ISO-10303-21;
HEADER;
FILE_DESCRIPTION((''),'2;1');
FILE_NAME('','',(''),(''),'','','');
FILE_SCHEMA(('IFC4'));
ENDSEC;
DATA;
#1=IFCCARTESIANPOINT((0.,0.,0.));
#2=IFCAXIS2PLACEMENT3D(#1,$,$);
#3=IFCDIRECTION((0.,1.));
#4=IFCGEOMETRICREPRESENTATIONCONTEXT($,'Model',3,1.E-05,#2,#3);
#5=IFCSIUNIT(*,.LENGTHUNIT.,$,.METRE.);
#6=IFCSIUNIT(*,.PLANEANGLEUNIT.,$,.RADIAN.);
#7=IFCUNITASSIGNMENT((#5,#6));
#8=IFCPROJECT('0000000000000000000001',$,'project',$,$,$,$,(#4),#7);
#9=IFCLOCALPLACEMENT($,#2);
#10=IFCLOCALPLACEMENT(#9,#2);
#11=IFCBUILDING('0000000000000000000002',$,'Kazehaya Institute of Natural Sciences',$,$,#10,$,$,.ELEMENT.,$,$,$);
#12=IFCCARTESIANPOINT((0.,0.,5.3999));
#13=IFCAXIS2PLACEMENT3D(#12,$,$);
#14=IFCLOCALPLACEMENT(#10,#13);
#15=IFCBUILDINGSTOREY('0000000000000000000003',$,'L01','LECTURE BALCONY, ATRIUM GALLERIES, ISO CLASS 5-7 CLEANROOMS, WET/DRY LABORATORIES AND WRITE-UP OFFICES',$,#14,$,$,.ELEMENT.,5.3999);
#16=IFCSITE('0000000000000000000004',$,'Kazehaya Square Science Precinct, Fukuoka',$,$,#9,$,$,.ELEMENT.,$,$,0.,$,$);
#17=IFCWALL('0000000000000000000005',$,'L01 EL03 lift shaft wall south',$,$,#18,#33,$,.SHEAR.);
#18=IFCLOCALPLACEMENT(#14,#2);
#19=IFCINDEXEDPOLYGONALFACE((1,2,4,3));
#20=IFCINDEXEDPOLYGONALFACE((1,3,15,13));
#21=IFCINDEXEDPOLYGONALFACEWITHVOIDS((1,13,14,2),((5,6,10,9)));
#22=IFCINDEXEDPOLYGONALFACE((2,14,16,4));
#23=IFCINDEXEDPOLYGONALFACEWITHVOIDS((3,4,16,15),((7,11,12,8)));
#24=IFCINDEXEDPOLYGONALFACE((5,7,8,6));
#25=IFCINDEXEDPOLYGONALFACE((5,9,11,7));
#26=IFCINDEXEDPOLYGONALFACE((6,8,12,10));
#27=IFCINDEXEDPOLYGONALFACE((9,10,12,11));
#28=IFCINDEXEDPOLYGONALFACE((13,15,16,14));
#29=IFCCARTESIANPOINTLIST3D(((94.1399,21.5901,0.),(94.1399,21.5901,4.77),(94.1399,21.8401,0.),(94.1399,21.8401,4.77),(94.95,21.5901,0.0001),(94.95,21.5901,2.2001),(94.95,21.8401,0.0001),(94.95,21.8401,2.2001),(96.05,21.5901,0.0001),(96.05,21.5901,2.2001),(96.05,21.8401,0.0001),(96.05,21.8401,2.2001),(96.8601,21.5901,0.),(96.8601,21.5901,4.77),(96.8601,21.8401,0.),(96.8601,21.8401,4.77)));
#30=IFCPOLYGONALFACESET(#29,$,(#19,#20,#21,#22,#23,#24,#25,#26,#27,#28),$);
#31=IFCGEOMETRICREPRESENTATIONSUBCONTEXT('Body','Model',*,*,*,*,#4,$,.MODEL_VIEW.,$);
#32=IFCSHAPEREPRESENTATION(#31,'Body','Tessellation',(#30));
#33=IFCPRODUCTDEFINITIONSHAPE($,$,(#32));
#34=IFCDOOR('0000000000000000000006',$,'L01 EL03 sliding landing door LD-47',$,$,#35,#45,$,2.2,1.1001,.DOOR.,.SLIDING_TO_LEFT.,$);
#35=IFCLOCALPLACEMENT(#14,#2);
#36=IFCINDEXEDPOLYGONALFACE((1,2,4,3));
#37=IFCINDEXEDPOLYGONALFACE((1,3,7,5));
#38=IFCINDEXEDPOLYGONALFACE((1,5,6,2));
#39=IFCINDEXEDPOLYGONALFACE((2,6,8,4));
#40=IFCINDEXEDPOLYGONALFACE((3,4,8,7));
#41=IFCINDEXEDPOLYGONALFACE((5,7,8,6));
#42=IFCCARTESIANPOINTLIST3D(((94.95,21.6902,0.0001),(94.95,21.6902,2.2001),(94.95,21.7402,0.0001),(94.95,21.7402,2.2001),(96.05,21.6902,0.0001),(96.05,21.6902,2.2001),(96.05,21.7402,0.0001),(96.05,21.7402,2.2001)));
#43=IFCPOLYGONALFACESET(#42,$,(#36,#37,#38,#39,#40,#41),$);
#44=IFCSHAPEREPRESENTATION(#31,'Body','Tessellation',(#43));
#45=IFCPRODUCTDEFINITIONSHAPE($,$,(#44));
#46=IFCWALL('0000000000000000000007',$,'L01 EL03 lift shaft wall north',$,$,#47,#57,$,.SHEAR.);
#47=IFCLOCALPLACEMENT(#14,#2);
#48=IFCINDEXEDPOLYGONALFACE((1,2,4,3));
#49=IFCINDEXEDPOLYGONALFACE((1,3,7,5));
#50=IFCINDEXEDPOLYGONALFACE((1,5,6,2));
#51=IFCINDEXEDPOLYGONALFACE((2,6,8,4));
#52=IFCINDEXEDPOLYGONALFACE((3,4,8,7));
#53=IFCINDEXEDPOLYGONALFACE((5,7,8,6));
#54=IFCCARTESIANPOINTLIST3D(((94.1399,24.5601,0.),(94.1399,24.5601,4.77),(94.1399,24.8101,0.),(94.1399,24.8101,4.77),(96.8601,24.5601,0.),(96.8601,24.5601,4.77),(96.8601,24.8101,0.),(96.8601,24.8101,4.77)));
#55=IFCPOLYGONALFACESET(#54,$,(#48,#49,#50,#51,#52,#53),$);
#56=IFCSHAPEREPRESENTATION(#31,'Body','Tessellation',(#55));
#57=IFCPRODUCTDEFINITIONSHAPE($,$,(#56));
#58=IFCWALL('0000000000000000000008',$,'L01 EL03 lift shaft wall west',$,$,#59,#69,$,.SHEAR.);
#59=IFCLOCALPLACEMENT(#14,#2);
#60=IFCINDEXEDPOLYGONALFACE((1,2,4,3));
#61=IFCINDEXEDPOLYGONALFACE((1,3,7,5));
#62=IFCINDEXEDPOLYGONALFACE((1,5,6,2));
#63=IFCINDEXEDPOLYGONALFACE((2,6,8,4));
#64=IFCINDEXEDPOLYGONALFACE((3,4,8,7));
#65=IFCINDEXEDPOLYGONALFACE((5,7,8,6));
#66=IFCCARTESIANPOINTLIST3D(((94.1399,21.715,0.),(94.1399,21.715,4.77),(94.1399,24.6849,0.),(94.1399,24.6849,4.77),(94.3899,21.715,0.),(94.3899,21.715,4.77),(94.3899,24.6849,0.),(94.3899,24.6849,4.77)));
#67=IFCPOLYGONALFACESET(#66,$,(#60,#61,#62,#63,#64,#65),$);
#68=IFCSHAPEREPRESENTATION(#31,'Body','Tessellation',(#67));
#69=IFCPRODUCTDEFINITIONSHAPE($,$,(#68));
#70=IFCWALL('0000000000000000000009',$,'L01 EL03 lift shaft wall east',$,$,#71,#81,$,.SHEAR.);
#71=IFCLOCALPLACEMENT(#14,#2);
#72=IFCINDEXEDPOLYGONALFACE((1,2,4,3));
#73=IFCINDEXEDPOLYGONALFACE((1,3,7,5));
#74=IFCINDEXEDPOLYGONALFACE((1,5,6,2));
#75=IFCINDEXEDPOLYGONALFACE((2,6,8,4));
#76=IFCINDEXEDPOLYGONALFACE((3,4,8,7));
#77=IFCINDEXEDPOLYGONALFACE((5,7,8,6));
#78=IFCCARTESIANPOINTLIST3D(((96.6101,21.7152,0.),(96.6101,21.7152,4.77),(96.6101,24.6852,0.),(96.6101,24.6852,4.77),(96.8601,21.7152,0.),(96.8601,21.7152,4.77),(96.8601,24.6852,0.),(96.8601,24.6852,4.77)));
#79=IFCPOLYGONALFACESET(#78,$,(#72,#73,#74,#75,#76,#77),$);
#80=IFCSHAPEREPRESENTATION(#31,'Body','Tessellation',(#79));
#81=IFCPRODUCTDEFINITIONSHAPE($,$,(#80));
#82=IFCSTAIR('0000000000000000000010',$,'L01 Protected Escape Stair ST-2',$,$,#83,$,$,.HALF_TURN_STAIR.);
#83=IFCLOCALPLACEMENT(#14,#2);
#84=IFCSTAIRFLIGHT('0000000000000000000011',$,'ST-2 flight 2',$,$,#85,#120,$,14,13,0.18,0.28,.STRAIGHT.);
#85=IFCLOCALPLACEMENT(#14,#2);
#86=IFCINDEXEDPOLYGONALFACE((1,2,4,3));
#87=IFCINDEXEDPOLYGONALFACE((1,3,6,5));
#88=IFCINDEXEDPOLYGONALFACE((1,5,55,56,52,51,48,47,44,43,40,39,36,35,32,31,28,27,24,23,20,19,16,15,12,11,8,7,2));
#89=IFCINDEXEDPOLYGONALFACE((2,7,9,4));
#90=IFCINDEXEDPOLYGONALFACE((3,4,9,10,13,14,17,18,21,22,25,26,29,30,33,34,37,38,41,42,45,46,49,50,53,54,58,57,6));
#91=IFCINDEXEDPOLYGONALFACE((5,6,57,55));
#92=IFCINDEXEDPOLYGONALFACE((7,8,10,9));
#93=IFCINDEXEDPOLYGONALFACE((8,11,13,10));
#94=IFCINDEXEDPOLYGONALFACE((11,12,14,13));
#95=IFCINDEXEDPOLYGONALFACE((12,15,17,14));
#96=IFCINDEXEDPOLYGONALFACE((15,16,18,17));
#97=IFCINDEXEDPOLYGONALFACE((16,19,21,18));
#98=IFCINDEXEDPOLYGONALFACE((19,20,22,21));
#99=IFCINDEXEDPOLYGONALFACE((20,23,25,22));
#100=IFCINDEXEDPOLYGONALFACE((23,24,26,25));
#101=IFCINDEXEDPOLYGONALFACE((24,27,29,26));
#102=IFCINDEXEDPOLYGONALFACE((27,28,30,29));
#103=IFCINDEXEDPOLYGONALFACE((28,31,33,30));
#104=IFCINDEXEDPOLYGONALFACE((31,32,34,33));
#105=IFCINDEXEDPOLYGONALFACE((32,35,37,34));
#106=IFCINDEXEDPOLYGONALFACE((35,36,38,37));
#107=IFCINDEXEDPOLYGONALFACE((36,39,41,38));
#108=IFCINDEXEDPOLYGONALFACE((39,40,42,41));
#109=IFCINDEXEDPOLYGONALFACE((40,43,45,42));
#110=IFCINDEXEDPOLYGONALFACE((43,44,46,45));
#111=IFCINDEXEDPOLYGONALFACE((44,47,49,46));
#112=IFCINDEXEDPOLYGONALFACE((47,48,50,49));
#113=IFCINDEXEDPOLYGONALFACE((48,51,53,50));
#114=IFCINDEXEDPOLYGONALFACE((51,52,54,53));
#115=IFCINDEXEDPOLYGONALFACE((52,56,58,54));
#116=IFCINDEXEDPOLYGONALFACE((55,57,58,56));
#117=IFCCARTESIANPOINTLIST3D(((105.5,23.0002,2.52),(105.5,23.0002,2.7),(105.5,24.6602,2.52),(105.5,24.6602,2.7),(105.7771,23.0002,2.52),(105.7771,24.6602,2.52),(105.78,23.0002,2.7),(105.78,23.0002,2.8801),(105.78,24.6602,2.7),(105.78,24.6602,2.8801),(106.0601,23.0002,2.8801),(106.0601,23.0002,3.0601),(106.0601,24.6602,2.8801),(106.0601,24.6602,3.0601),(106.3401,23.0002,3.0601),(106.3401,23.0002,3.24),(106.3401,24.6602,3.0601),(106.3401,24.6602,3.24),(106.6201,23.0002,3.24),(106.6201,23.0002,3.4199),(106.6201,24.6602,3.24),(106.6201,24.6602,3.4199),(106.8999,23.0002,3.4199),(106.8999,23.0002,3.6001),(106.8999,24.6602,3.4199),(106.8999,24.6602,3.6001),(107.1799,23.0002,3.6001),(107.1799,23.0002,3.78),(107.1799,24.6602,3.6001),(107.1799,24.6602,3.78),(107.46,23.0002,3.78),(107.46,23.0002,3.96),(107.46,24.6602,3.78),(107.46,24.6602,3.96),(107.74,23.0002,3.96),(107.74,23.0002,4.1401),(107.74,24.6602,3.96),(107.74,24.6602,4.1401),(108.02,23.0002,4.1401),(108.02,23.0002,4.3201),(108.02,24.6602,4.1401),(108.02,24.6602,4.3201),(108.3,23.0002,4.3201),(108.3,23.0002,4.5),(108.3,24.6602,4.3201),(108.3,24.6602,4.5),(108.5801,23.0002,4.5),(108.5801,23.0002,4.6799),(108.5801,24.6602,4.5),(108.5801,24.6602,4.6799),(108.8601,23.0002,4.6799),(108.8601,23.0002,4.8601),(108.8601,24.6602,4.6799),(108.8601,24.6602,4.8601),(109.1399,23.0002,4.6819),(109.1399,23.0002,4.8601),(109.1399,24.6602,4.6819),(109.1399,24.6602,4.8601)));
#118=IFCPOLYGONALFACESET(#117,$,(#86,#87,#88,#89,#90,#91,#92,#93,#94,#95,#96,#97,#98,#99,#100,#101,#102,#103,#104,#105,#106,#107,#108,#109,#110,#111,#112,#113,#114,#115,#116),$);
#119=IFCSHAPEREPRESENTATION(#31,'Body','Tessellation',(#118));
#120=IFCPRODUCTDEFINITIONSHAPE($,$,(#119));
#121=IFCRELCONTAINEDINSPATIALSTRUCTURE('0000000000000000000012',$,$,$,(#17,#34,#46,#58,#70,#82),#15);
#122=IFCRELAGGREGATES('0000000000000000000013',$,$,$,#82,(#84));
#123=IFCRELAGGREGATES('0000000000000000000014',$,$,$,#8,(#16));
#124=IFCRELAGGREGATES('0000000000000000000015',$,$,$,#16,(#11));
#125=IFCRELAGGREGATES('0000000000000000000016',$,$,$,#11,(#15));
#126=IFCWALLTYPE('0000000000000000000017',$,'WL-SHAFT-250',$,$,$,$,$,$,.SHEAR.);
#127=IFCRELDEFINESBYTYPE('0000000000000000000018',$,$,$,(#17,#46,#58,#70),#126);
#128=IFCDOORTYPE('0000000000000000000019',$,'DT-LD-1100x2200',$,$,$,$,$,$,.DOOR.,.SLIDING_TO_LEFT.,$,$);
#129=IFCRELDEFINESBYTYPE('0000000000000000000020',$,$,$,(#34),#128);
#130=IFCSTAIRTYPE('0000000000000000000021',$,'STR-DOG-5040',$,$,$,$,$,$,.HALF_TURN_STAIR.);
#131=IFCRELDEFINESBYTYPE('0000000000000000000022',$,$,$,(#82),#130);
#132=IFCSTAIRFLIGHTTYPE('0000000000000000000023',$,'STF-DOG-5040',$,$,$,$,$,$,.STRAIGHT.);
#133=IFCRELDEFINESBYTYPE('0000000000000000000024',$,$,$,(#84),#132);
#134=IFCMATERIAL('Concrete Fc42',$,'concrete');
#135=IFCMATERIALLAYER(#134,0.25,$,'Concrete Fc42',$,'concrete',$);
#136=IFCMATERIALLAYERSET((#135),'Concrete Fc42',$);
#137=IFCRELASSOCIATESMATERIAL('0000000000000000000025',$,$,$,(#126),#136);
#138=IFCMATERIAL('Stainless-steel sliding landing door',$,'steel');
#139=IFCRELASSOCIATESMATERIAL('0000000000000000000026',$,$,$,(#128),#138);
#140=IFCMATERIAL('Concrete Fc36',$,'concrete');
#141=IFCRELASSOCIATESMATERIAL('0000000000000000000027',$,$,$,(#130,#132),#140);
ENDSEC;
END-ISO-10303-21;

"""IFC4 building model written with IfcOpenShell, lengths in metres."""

from ifc_helpers import new_model, si_unit, direction, frame, frame_2d, origin, place, context, subcontext, project, spatial, polyline, rectangle, outline, extrude, material, layer, layer_set, type_object, element, fill, aggregate, save


model = new_model("IFC4")

# Units and contexts
model_context = context("Model", 3, precision=1e-05, world=origin(), true_north=direction((0.0, 1.0)))
body_context = subcontext(model_context, "Body", "Model", "MODEL_VIEW")
ifc_project = project(units=[si_unit("LENGTHUNIT", "METRE"), si_unit("PLANEANGLEUNIT", "RADIAN")], contexts=[model_context])

# Site, building, storey
site_placement = place(None, origin())
site = spatial("IfcSite", under=ifc_project, at=site_placement, Name="Kazehaya Square Science Precinct, Fukuoka", CompositionType="ELEMENT", RefElevation=0.0)
building_placement = place(site_placement, origin())
building = spatial("IfcBuilding", under=site, at=building_placement, Name="Kazehaya Institute of Natural Sciences", CompositionType="ELEMENT")
storey_placement = place(building_placement, frame((0.0, 0.0, 5.3999)))
storey = spatial("IfcBuildingStorey", under=building, at=storey_placement, Name="L01", Description="LECTURE BALCONY, ATRIUM GALLERIES, ISO CLASS 5-7 CLEANROOMS, WET/DRY LABORATORIES AND WRITE-UP OFFICES", CompositionType="ELEMENT", Elevation=5.3999)

# Shared definitions
ifc_material_1 = material(Name="Concrete Fc42", Category="concrete")

# Shared definitions
ifc_material_2 = material(Name="Concrete Fc36", Category="concrete")

# Shared definitions
ifc_layer_1 = layer(ifc_material_1, 0.25, Name="Concrete Fc42", Category="concrete")
ifc_layer_set_1 = layer_set([ifc_layer_1], Name="Concrete Fc42")
wall_type_1 = type_object("IfcWallType", Name="WL-SHAFT-250", PredefinedType="SHEAR", material=ifc_layer_set_1)

# Wall, opening, door
wall_1_placement = place(storey_placement, frame((96.8601, 21.7151, 0.0), z_axis=(0.0, 0.0, 1.0), x_axis=(-1.0, 0.0, 0.0)))
wall_1 = element("IfcWall", 1, at=wall_1_placement, inside=storey, type_object=wall_type_1, Name="L01 EL03 lift shaft wall south", PredefinedType="SHEAR", context=body_context, shape_type="SweptSolid", body=[
    extrude(rectangle(XDim=2.7202, YDim=0.25, at=frame_2d((1.3601, 0.0))), origin(), (0.0, 0.0, 1.0), 4.77),
])
opening_1_placement = place(wall_1_placement, frame((0.8101, 0.0, 0.0)))
opening_1 = element("IfcOpeningElement", 2, at=opening_1_placement, cuts=wall_1, PredefinedType="OPENING", context=body_context, shape_type="SweptSolid", body=[
    extrude(rectangle(XDim=1.1001, YDim=2.2, at=frame_2d((0.55, 1.1001))), frame((0.0, 0.135, 0.0), z_axis=(0.0, -1.0, 0.0), x_axis=(1.0, 0.0, 0.0)), (0.0, 0.0, 1.0), 0.27),
])
ifc_material_3 = material(Name="Stainless-steel sliding landing door", Category="steel")
door_type_1 = type_object("IfcDoorType", Name="DT-LD-1100x2200", OperationType="SLIDING_TO_LEFT", PredefinedType="DOOR", material=ifc_material_3)
door_1_placement = place(opening_1_placement, origin())
door_1 = element("IfcDoor", 3, at=door_1_placement, inside=storey, type_object=door_type_1, Name="L01 EL03 sliding landing door LD-47", OperationType="SLIDING_TO_LEFT", OverallHeight=2.2, OverallWidth=1.1001, PredefinedType="DOOR", context=body_context, shape_type="SweptSolid", body=[
    extrude(rectangle(XDim=1.1001, YDim=2.2, at=frame_2d((0.55, 1.1001))), frame((0.0, 0.0249, 0.0), z_axis=(0.0, -1.0, 0.0), x_axis=(1.0, 0.0, 0.0)), (0.0, 0.0, 1.0), 0.05),
])
fill(opening_1, door_1)

# Walls
wall_2_placement = place(storey_placement, frame((94.1399, 24.6851, 0.0), z_axis=(0.0, 0.0, 1.0), x_axis=(1.0, 0.0, 0.0)))
element("IfcWall", 4, at=wall_2_placement, inside=storey, type_object=wall_type_1, Name="L01 EL03 lift shaft wall north", PredefinedType="SHEAR", context=body_context, shape_type="SweptSolid", body=[
    extrude(rectangle(XDim=2.7202, YDim=0.25, at=frame_2d((1.3601, 0.0))), origin(), (0.0, 0.0, 1.0), 4.77),
])
for number, where, z_axis, x_axis, name in (
    (5, (94.2649, 21.7151, 0.0), (0.0, 0.0, 1.0), (0.0, 1.0, 0.0), "L01 EL03 lift shaft wall west"),
    (6, (96.7351, 24.6851, 0.0), (0.0, 0.0, 1.0), (0.0, -1.0, 0.0), "L01 EL03 lift shaft wall east"),
):
    element("IfcWall", number, at=place(storey_placement, frame(where, z_axis=z_axis, x_axis=x_axis)), inside=storey, type_object=wall_type_1, Name=name, PredefinedType="SHEAR", context=body_context, shape_type="SweptSolid", body=[
        extrude(rectangle(XDim=2.97, YDim=0.25, at=frame_2d((1.4849, 0.0))), origin(), (0.0, 0.0, 1.0), 4.77),
    ])

# Stair, stair flight
stair_type = type_object("IfcStairType", Name="STR-DOG-5040", PredefinedType="HALF_TURN_STAIR", material=ifc_material_2)
stair_placement = place(storey_placement, origin())
stair = element("IfcStair", 7, at=stair_placement, inside=storey, type_object=stair_type, Name="L01 Protected Escape Stair ST-2", PredefinedType="HALF_TURN_STAIR")
stair_flight_type = type_object("IfcStairFlightType", Name="STF-DOG-5040", PredefinedType="STRAIGHT", material=ifc_material_2)
stair_flight_placement = place(storey_placement, frame((105.5, 23.8301, 2.52), z_axis=(0.0, 0.0, 1.0), x_axis=(1.0, 0.0, 0.0)))
stair_flight = element("IfcStairFlight", 8, at=stair_flight_placement, type_object=stair_flight_type, Name="ST-2 flight 2", NumberOfRisers=14, NumberOfTreads=13, PredefinedType="STRAIGHT", RiserHeight=0.18, TreadLength=0.28, context=body_context, shape_type="SweptSolid", body=[
    extrude(outline(polyline([(0.0, 0.0), (0.0, 0.1799), (0.28, 0.1799), (0.28, 0.3601), (0.5601, 0.3601), (0.5601, 0.54), (0.8401, 0.54), (0.8401, 0.72), (1.1201, 0.72), (1.1201, 0.8999), (1.3999, 0.8999), (1.3999, 1.0801), (1.6799, 1.0801), (1.6799, 1.26), (1.96, 1.26), (1.96, 1.4399), (2.24, 1.4399), (2.24, 1.6201), (2.52, 1.6201), (2.52, 1.8), (2.8, 1.8), (2.8, 1.98), (3.0801, 1.98), (3.0801, 2.1599), (3.3601, 2.1599), (3.3601, 2.3401), (3.6399, 2.3401), (3.6399, 2.52), (3.6399, 2.1619), (0.2771, 0.0), (0.0, 0.0)])), frame((0.0, 0.8301, 0.0), z_axis=(0.0, -1.0, 0.0), x_axis=(1.0, 0.0, 0.0)), (0.0, 0.0, 1.0), 1.6599),
])
aggregate(stair, [stair_flight])

save(model, "model.ifc")
